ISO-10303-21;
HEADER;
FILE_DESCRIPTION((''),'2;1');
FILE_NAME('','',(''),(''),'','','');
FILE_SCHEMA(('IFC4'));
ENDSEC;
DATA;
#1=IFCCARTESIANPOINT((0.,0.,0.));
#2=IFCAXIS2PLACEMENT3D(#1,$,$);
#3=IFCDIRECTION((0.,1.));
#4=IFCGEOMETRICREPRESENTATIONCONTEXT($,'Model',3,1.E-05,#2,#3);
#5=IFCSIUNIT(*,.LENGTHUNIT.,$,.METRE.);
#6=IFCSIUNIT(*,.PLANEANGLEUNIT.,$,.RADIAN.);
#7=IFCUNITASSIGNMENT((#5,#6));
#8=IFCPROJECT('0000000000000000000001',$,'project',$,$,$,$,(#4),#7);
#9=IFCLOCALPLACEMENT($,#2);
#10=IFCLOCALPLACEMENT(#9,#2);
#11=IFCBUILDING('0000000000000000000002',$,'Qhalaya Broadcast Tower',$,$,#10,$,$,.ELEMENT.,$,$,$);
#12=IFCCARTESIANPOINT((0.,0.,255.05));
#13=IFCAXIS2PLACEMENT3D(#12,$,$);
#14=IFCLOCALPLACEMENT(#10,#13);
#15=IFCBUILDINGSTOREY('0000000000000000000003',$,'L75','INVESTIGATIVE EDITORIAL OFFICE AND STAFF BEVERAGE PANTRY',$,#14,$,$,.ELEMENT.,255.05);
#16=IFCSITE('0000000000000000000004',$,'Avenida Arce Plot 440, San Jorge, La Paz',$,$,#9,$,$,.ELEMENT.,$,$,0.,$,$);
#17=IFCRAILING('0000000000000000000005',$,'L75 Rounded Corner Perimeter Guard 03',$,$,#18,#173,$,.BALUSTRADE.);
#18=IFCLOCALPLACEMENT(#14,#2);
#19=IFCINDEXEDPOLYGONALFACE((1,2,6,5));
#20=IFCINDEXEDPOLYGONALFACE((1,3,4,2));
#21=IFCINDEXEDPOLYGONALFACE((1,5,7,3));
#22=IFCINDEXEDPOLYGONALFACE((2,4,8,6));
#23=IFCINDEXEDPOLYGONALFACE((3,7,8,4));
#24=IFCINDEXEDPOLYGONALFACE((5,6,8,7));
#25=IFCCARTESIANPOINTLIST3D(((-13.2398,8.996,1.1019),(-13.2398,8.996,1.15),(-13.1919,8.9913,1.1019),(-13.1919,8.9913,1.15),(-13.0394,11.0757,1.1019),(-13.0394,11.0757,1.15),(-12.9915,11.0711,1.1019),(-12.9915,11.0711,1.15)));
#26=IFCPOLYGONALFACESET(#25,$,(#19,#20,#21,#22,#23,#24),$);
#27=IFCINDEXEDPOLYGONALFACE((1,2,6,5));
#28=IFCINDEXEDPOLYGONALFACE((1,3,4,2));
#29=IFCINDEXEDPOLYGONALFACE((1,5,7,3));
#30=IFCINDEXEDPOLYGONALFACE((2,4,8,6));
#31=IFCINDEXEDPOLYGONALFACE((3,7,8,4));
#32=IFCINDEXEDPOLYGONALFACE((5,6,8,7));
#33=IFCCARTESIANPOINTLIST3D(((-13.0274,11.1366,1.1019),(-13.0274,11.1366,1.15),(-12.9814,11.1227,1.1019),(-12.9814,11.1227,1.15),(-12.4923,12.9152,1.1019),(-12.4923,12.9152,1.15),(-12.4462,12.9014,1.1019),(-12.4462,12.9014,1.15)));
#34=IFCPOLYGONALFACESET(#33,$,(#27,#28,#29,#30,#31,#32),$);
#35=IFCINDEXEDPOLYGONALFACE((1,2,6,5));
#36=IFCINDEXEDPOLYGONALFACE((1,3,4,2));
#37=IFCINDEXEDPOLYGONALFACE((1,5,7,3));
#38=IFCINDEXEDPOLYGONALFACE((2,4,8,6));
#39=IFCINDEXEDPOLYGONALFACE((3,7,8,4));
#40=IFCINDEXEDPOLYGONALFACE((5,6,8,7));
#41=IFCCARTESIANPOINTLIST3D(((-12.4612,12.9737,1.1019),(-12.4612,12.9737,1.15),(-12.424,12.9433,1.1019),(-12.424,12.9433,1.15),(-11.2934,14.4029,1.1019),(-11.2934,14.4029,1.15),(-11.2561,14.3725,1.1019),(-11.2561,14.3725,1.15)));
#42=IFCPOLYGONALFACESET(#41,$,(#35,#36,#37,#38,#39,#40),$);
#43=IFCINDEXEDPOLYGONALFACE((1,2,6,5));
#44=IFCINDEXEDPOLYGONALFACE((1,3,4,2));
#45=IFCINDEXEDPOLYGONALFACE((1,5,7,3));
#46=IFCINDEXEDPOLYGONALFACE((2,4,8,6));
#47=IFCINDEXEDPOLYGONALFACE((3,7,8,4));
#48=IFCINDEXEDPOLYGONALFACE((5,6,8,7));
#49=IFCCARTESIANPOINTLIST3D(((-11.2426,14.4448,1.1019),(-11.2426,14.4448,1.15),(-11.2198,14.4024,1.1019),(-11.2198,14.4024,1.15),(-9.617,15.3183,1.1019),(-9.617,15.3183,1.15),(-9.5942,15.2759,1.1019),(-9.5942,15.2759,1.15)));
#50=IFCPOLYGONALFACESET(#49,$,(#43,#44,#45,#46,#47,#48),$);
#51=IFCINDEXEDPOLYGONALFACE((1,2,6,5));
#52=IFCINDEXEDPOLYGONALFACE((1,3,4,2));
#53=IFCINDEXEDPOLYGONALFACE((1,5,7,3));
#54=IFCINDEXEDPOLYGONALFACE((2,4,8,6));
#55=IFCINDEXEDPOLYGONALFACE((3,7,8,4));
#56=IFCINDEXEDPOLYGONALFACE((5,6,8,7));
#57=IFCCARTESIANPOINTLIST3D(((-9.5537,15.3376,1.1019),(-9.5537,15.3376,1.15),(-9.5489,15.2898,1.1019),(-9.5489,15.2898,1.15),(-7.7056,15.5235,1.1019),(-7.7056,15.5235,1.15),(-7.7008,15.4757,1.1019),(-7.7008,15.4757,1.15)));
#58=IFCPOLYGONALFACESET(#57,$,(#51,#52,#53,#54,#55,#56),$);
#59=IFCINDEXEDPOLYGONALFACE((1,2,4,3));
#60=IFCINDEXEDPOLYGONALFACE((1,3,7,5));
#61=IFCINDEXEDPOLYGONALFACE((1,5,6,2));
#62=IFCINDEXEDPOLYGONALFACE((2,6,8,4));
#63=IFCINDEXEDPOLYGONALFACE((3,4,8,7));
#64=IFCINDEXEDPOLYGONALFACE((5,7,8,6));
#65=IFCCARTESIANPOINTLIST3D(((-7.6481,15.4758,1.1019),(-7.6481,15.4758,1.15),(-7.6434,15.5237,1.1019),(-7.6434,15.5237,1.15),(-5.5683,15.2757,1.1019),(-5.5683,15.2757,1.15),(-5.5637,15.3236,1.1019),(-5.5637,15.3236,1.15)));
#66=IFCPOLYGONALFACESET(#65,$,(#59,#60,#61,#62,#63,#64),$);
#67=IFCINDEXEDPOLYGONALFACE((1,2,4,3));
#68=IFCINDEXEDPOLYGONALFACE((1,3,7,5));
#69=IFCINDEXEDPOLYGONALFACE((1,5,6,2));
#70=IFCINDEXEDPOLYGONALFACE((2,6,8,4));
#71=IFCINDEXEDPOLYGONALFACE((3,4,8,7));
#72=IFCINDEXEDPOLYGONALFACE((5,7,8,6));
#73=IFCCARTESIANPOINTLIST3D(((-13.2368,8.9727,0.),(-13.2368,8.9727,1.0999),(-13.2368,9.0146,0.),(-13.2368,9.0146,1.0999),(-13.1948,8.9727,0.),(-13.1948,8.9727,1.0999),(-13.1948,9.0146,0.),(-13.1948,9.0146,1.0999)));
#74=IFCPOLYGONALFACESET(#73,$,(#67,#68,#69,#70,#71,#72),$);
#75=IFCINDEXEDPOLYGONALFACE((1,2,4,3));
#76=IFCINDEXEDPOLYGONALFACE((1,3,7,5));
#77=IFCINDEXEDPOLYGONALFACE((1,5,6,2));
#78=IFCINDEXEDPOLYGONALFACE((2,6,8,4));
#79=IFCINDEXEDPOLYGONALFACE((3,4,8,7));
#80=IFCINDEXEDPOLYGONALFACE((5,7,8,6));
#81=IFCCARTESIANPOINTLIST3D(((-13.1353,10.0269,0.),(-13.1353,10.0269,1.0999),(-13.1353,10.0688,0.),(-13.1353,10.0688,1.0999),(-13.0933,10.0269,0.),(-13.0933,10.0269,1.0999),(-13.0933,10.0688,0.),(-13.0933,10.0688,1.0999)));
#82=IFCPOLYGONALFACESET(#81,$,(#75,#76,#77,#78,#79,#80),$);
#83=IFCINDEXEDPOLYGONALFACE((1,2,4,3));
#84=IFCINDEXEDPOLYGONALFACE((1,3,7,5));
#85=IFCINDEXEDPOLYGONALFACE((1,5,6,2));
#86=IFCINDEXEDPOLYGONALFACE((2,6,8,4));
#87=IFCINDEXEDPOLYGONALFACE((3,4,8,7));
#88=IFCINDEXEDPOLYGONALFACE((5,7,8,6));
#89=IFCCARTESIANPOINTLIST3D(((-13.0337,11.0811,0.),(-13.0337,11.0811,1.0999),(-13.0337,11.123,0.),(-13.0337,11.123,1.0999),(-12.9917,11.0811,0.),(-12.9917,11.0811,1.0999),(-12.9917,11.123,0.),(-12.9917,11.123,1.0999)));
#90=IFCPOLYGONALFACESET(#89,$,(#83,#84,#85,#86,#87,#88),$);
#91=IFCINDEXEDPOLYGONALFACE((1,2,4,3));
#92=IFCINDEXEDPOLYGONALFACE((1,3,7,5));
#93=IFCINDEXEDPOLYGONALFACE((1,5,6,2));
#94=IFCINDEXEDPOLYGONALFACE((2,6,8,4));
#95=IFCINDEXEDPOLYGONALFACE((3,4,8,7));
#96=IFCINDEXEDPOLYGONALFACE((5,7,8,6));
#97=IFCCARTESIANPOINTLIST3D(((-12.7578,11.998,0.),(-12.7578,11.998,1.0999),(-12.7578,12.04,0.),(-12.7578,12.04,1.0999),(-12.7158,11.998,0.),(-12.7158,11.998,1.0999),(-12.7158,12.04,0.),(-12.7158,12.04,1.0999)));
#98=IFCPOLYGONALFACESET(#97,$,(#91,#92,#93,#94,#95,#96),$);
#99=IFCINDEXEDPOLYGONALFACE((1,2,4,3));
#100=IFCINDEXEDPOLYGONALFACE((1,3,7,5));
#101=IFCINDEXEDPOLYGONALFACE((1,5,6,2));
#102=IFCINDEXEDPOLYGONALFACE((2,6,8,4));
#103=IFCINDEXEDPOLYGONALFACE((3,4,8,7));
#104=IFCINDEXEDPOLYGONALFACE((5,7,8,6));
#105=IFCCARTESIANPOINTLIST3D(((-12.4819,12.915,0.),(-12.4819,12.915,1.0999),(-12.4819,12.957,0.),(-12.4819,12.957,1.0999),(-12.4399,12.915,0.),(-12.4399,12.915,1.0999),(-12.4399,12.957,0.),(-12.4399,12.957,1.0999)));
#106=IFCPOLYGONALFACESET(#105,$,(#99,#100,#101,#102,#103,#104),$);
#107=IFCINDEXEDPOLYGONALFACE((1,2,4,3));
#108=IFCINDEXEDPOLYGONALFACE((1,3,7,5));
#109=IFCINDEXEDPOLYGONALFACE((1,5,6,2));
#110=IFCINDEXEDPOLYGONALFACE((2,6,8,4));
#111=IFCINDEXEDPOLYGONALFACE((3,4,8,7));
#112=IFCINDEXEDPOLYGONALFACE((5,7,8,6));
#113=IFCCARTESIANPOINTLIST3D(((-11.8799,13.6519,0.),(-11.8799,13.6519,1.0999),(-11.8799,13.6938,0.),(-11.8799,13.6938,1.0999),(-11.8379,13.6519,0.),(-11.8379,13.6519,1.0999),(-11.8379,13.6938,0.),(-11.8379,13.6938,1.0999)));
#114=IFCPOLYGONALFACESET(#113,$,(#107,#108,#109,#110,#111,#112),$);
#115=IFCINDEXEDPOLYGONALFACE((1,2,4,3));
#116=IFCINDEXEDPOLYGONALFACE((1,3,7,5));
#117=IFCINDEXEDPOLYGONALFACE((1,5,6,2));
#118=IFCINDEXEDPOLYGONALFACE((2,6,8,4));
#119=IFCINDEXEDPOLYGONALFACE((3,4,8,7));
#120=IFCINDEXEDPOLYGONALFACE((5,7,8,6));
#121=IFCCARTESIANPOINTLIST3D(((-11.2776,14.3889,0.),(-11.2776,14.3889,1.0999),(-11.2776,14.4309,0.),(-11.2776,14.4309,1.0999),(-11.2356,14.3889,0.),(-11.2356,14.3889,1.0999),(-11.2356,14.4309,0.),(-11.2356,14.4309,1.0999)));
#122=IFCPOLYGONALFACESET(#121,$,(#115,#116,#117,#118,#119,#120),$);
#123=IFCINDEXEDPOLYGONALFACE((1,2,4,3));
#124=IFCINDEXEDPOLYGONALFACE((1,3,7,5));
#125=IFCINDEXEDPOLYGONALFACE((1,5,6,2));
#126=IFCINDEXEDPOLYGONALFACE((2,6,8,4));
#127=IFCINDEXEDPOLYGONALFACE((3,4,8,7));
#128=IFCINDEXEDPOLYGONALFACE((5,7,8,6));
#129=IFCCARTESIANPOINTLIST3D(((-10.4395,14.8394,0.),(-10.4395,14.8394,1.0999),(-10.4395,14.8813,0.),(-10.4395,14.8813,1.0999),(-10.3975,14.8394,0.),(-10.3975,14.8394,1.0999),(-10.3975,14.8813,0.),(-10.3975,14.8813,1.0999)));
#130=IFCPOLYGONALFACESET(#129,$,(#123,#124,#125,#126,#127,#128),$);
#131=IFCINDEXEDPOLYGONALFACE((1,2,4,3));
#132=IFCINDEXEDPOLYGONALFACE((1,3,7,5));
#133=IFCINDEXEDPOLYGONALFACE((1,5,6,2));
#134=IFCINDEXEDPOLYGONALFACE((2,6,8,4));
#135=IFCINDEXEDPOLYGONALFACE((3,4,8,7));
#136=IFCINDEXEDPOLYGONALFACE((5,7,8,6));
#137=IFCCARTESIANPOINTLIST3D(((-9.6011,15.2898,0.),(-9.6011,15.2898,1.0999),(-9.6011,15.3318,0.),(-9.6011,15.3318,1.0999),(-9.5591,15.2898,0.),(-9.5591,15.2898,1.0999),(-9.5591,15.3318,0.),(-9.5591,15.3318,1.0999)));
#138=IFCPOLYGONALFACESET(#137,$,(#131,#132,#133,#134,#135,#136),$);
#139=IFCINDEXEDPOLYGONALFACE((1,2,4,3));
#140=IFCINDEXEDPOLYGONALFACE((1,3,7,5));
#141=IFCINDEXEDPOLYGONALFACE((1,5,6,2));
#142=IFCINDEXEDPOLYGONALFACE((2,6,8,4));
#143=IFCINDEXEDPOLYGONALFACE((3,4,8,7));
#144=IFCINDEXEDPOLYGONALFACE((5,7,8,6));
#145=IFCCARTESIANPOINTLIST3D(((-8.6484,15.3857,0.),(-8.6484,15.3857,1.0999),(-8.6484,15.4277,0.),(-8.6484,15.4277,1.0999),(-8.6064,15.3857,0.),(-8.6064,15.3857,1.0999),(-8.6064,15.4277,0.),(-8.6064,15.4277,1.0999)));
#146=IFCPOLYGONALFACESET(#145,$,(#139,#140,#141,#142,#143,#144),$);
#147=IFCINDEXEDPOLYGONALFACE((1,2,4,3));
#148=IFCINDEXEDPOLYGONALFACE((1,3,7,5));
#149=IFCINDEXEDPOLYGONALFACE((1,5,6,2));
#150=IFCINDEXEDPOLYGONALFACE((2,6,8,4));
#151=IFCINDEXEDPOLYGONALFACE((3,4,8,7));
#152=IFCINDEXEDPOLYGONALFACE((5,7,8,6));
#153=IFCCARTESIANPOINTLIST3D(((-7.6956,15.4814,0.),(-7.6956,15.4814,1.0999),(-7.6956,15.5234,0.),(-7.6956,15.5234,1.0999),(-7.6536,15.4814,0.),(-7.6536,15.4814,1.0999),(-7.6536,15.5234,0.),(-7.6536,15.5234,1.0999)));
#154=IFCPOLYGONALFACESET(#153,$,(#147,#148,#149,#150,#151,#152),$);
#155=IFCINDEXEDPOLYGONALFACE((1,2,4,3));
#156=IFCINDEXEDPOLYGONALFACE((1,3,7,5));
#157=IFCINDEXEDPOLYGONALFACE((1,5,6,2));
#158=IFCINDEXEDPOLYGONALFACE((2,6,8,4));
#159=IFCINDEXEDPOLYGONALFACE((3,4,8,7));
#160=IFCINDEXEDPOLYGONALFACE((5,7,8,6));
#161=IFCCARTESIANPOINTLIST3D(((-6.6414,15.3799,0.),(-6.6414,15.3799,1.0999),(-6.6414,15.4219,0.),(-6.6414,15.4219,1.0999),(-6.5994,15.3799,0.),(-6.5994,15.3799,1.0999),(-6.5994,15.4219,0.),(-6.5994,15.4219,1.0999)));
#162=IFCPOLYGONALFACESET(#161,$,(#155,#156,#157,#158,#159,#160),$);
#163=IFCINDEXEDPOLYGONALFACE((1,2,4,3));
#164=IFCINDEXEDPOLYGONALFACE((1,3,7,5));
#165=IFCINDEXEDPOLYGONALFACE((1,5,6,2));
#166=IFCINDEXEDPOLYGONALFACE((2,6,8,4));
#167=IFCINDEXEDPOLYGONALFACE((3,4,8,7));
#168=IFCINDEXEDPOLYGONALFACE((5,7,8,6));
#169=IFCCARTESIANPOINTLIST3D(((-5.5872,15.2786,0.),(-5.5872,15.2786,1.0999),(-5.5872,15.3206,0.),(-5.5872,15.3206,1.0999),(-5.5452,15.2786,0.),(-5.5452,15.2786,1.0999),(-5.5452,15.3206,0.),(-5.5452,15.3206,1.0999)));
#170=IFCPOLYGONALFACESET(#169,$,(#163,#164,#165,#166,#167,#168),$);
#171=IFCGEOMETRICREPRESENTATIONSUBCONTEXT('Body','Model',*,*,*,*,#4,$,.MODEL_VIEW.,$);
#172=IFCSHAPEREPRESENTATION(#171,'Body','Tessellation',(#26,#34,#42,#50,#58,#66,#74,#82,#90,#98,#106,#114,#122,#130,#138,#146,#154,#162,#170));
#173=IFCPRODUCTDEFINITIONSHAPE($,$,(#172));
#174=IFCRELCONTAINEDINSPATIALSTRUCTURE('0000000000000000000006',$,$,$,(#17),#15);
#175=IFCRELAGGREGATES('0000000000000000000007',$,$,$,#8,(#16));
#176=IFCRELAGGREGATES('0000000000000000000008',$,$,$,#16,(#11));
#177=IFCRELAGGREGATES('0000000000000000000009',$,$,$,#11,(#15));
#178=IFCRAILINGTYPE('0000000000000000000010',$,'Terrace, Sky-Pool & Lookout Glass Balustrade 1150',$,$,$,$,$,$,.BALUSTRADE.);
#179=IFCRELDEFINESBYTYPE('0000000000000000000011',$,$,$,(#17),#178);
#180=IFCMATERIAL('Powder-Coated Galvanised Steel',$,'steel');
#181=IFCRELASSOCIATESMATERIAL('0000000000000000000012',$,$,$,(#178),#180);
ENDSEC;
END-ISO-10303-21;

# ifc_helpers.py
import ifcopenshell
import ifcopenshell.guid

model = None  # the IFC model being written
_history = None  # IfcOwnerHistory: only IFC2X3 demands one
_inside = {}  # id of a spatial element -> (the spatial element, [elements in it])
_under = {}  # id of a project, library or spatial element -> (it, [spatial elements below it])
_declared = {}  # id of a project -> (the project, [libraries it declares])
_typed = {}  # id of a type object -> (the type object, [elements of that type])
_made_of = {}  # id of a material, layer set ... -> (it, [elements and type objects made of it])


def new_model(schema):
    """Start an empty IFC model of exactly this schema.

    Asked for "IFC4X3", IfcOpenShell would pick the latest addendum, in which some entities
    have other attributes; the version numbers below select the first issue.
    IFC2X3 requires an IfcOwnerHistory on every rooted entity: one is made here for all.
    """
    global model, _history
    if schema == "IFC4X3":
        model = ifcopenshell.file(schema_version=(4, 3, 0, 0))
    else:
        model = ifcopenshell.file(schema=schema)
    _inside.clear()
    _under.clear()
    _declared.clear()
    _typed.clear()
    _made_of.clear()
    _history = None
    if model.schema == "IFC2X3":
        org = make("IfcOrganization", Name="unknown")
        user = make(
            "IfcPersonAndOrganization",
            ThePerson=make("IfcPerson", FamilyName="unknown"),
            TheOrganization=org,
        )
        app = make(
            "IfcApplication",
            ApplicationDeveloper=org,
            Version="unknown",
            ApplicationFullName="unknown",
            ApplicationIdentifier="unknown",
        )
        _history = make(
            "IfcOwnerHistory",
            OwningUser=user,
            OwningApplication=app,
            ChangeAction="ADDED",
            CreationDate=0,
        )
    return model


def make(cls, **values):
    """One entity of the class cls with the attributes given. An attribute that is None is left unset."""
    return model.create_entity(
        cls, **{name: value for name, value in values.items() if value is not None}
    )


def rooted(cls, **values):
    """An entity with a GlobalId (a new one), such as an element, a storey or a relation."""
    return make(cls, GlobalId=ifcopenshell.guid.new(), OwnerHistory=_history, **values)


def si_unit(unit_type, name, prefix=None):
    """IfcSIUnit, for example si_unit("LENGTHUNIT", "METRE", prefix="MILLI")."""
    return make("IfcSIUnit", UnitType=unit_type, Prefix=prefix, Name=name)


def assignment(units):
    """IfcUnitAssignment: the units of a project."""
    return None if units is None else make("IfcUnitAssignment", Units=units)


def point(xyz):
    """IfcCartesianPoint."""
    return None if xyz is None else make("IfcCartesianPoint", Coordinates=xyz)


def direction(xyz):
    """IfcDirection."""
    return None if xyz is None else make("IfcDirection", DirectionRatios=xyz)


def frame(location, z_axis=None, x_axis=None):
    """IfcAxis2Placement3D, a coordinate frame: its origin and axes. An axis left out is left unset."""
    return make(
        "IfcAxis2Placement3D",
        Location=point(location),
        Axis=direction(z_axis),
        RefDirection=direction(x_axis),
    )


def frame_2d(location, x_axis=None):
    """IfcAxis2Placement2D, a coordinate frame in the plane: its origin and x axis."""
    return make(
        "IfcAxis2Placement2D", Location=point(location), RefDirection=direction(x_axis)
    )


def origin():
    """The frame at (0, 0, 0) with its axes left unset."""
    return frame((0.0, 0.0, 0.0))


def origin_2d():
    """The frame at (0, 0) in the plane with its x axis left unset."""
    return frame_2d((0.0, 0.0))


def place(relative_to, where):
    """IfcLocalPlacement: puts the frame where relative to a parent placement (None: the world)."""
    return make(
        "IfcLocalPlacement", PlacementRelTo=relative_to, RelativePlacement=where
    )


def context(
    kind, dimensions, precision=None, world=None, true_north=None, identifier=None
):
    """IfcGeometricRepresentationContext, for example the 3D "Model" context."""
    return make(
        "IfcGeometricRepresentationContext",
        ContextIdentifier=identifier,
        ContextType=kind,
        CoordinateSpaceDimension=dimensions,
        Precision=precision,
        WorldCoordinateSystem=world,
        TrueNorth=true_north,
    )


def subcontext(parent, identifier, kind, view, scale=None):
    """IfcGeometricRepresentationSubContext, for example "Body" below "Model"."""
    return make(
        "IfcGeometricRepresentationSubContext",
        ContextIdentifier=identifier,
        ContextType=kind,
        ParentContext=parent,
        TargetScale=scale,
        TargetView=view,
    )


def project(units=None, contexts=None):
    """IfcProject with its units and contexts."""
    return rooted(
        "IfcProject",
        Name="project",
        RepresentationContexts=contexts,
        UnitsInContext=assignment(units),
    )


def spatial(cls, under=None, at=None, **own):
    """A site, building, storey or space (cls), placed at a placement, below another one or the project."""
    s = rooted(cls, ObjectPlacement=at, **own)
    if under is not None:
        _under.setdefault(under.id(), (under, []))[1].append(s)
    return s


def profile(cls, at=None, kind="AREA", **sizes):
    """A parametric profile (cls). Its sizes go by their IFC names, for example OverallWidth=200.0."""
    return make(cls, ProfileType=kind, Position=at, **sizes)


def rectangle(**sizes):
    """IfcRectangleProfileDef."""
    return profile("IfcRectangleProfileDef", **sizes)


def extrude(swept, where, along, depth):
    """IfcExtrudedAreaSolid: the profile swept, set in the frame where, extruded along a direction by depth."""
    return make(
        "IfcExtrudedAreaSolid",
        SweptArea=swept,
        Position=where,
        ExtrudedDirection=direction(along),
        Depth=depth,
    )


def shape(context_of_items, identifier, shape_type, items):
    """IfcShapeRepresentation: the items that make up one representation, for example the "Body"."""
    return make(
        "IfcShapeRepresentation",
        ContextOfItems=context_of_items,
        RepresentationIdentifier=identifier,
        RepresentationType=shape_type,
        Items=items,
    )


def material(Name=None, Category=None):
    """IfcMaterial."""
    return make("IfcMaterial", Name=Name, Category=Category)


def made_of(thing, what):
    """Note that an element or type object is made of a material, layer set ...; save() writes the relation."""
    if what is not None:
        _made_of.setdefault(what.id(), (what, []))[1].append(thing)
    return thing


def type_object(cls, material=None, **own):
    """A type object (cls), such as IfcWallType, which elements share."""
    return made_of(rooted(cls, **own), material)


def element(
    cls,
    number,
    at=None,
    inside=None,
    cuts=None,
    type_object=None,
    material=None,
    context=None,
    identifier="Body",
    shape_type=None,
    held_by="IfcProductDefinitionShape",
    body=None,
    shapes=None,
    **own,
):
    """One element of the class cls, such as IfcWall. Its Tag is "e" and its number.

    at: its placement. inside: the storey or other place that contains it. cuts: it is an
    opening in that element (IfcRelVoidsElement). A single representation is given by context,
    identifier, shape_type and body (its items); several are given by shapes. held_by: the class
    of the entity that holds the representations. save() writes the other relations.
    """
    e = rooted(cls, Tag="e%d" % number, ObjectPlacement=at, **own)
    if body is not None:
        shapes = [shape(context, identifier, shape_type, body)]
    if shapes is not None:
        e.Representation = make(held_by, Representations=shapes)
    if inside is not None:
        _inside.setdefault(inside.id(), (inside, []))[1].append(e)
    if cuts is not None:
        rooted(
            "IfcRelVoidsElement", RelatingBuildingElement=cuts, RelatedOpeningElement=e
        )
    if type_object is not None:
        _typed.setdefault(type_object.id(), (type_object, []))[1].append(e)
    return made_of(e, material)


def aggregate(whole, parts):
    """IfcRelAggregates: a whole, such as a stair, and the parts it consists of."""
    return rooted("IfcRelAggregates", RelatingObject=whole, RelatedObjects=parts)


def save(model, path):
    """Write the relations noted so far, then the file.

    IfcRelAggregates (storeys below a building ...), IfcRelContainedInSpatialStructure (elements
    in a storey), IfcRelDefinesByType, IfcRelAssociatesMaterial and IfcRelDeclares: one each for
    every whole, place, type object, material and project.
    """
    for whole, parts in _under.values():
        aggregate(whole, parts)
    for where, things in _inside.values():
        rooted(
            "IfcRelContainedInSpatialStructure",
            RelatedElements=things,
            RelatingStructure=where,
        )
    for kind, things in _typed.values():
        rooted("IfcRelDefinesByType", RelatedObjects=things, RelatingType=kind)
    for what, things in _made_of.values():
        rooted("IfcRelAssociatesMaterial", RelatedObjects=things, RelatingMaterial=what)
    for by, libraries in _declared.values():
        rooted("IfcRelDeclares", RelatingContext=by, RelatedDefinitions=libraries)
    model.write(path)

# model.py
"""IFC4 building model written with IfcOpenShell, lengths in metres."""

from ifc_helpers import new_model, si_unit, direction, frame, origin, origin_2d, place, context, subcontext, project, spatial, rectangle, extrude, material, type_object, element, save


model = new_model("IFC4")

# Units and contexts
model_context = context("Model", 3, precision=1e-05, world=origin(), true_north=direction((0.0, 1.0)))
body_context = subcontext(model_context, "Body", "Model", "MODEL_VIEW")
ifc_project = project(units=[si_unit("LENGTHUNIT", "METRE"), si_unit("PLANEANGLEUNIT", "RADIAN")], contexts=[model_context])

# Site, building, storey
site_placement = place(None, origin())
site = spatial("IfcSite", under=ifc_project, at=site_placement, Name="Avenida Arce Plot 440, San Jorge, La Paz", CompositionType="ELEMENT", RefElevation=0.0)
building_placement = place(site_placement, origin())
building = spatial("IfcBuilding", under=site, at=building_placement, Name="Qhalaya Broadcast Tower", CompositionType="ELEMENT")
storey_placement = place(building_placement, frame((0.0, 0.0, 255.05)))
storey = spatial("IfcBuildingStorey", under=building, at=storey_placement, Name="L75", Description="INVESTIGATIVE EDITORIAL OFFICE AND STAFF BEVERAGE PANTRY", CompositionType="ELEMENT", Elevation=255.05)

# Railing
ifc_material_1 = material(Name="Powder-Coated Galvanised Steel", Category="steel")
railing_type = type_object("IfcRailingType", Name="Terrace, Sky-Pool & Lookout Glass Balustrade 1150", PredefinedType="BALUSTRADE", material=ifc_material_1)
railing_placement = place(storey_placement, frame((-13.2158, 8.9937, 0.0)))
element("IfcRailing", 1, at=railing_placement, inside=storey, type_object=railing_type, Name="L75 Rounded Corner Perimeter Guard 03", PredefinedType="BALUSTRADE", context=body_context, shape_type="SweptSolid", body=[
    extrude(rectangle(XDim=0.0481, YDim=0.0481, at=origin_2d()), frame((0.0, 0.0, 1.126), z_axis=(0.095897, 0.995391, 0.0), x_axis=(-0.995391, 0.095897, 0.0)), (0.0, 0.0, 1.0), 2.0894),
    extrude(rectangle(XDim=0.0481, YDim=0.0481, at=origin_2d()), frame((0.2114, 2.136, 1.126), z_axis=(0.288096, 0.957601, 0.0), x_axis=(-0.957601, 0.288096, 0.0)), (0.0, 0.0, 1.0), 1.8574),
    extrude(rectangle(XDim=0.0481, YDim=0.0481, at=origin_2d()), frame((0.7732, 3.9648, 1.126), z_axis=(0.632749, 0.774357, 0.0), x_axis=(-0.774357, 0.632749, 0.0)), (0.0, 0.0, 1.0), 1.8457),
    extrude(rectangle(XDim=0.0481, YDim=0.0481, at=origin_2d()), frame((1.9846, 5.4299, 1.126), z_axis=(0.880879, 0.473342, 0.0), x_axis=(-0.473342, 0.880879, 0.0)), (0.0, 0.0, 1.0), 1.8455),
    extrude(rectangle(XDim=0.0481, YDim=0.0481, at=origin_2d()), frame((3.6646, 6.3201, 1.126), z_axis=(0.99498, 0.100072, 0.0), x_axis=(-0.100072, 0.99498, 0.0)), (0.0, 0.0, 1.0), 1.8574),
    extrude(rectangle(XDim=0.0481, YDim=0.0481, at=origin_2d()), frame((5.5701, 6.5061, 1.126), z_axis=(0.995402, -0.095783, 0.0), x_axis=(0.095783, 0.995402, 0.0)), (0.0, 0.0, 1.0), 2.0894),
    extrude(rectangle(XDim=0.042, YDim=0.042, at=origin_2d()), origin(), (0.0, 0.0, 1.0), 1.0999),
    extrude(rectangle(XDim=0.042, YDim=0.042, at=origin_2d()), frame((0.1016, 1.0542, 0.0)), (0.0, 0.0, 1.0), 1.0999),
    extrude(rectangle(XDim=0.042, YDim=0.042, at=origin_2d()), frame((0.2031, 2.1084, 0.0)), (0.0, 0.0, 1.0), 1.0999),
    extrude(rectangle(XDim=0.042, YDim=0.042, at=origin_2d()), frame((0.479, 3.0254, 0.0)), (0.0, 0.0, 1.0), 1.0999),
    extrude(rectangle(XDim=0.042, YDim=0.042, at=origin_2d()), frame((0.7549, 3.9424, 0.0)), (0.0, 0.0, 1.0), 1.0999),
    extrude(rectangle(XDim=0.042, YDim=0.042, at=origin_2d()), frame((1.3569, 4.6792, 0.0)), (0.0, 0.0, 1.0), 1.0999),
    extrude(rectangle(XDim=0.042, YDim=0.042, at=origin_2d()), frame((1.9592, 5.4163, 0.0)), (0.0, 0.0, 1.0), 1.0999),
    extrude(rectangle(XDim=0.042, YDim=0.042, at=origin_2d()), frame((2.7974, 5.8667, 0.0)), (0.0, 0.0, 1.0), 1.0999),
    extrude(rectangle(XDim=0.042, YDim=0.042, at=origin_2d()), frame((3.6357, 6.3171, 0.0)), (0.0, 0.0, 1.0), 1.0999),
    extrude(rectangle(XDim=0.042, YDim=0.042, at=origin_2d()), frame((4.5884, 6.4131, 0.0)), (0.0, 0.0, 1.0), 1.0999),
    extrude(rectangle(XDim=0.042, YDim=0.042, at=origin_2d()), frame((5.5413, 6.5088, 0.0)), (0.0, 0.0, 1.0), 1.0999),
    extrude(rectangle(XDim=0.042, YDim=0.042, at=origin_2d()), frame((6.5955, 6.4072, 0.0)), (0.0, 0.0, 1.0), 1.0999),
    extrude(rectangle(XDim=0.042, YDim=0.042, at=origin_2d()), frame((7.6497, 6.3059, 0.0)), (0.0, 0.0, 1.0), 1.0999),
])

save(model, "model.ifc")
